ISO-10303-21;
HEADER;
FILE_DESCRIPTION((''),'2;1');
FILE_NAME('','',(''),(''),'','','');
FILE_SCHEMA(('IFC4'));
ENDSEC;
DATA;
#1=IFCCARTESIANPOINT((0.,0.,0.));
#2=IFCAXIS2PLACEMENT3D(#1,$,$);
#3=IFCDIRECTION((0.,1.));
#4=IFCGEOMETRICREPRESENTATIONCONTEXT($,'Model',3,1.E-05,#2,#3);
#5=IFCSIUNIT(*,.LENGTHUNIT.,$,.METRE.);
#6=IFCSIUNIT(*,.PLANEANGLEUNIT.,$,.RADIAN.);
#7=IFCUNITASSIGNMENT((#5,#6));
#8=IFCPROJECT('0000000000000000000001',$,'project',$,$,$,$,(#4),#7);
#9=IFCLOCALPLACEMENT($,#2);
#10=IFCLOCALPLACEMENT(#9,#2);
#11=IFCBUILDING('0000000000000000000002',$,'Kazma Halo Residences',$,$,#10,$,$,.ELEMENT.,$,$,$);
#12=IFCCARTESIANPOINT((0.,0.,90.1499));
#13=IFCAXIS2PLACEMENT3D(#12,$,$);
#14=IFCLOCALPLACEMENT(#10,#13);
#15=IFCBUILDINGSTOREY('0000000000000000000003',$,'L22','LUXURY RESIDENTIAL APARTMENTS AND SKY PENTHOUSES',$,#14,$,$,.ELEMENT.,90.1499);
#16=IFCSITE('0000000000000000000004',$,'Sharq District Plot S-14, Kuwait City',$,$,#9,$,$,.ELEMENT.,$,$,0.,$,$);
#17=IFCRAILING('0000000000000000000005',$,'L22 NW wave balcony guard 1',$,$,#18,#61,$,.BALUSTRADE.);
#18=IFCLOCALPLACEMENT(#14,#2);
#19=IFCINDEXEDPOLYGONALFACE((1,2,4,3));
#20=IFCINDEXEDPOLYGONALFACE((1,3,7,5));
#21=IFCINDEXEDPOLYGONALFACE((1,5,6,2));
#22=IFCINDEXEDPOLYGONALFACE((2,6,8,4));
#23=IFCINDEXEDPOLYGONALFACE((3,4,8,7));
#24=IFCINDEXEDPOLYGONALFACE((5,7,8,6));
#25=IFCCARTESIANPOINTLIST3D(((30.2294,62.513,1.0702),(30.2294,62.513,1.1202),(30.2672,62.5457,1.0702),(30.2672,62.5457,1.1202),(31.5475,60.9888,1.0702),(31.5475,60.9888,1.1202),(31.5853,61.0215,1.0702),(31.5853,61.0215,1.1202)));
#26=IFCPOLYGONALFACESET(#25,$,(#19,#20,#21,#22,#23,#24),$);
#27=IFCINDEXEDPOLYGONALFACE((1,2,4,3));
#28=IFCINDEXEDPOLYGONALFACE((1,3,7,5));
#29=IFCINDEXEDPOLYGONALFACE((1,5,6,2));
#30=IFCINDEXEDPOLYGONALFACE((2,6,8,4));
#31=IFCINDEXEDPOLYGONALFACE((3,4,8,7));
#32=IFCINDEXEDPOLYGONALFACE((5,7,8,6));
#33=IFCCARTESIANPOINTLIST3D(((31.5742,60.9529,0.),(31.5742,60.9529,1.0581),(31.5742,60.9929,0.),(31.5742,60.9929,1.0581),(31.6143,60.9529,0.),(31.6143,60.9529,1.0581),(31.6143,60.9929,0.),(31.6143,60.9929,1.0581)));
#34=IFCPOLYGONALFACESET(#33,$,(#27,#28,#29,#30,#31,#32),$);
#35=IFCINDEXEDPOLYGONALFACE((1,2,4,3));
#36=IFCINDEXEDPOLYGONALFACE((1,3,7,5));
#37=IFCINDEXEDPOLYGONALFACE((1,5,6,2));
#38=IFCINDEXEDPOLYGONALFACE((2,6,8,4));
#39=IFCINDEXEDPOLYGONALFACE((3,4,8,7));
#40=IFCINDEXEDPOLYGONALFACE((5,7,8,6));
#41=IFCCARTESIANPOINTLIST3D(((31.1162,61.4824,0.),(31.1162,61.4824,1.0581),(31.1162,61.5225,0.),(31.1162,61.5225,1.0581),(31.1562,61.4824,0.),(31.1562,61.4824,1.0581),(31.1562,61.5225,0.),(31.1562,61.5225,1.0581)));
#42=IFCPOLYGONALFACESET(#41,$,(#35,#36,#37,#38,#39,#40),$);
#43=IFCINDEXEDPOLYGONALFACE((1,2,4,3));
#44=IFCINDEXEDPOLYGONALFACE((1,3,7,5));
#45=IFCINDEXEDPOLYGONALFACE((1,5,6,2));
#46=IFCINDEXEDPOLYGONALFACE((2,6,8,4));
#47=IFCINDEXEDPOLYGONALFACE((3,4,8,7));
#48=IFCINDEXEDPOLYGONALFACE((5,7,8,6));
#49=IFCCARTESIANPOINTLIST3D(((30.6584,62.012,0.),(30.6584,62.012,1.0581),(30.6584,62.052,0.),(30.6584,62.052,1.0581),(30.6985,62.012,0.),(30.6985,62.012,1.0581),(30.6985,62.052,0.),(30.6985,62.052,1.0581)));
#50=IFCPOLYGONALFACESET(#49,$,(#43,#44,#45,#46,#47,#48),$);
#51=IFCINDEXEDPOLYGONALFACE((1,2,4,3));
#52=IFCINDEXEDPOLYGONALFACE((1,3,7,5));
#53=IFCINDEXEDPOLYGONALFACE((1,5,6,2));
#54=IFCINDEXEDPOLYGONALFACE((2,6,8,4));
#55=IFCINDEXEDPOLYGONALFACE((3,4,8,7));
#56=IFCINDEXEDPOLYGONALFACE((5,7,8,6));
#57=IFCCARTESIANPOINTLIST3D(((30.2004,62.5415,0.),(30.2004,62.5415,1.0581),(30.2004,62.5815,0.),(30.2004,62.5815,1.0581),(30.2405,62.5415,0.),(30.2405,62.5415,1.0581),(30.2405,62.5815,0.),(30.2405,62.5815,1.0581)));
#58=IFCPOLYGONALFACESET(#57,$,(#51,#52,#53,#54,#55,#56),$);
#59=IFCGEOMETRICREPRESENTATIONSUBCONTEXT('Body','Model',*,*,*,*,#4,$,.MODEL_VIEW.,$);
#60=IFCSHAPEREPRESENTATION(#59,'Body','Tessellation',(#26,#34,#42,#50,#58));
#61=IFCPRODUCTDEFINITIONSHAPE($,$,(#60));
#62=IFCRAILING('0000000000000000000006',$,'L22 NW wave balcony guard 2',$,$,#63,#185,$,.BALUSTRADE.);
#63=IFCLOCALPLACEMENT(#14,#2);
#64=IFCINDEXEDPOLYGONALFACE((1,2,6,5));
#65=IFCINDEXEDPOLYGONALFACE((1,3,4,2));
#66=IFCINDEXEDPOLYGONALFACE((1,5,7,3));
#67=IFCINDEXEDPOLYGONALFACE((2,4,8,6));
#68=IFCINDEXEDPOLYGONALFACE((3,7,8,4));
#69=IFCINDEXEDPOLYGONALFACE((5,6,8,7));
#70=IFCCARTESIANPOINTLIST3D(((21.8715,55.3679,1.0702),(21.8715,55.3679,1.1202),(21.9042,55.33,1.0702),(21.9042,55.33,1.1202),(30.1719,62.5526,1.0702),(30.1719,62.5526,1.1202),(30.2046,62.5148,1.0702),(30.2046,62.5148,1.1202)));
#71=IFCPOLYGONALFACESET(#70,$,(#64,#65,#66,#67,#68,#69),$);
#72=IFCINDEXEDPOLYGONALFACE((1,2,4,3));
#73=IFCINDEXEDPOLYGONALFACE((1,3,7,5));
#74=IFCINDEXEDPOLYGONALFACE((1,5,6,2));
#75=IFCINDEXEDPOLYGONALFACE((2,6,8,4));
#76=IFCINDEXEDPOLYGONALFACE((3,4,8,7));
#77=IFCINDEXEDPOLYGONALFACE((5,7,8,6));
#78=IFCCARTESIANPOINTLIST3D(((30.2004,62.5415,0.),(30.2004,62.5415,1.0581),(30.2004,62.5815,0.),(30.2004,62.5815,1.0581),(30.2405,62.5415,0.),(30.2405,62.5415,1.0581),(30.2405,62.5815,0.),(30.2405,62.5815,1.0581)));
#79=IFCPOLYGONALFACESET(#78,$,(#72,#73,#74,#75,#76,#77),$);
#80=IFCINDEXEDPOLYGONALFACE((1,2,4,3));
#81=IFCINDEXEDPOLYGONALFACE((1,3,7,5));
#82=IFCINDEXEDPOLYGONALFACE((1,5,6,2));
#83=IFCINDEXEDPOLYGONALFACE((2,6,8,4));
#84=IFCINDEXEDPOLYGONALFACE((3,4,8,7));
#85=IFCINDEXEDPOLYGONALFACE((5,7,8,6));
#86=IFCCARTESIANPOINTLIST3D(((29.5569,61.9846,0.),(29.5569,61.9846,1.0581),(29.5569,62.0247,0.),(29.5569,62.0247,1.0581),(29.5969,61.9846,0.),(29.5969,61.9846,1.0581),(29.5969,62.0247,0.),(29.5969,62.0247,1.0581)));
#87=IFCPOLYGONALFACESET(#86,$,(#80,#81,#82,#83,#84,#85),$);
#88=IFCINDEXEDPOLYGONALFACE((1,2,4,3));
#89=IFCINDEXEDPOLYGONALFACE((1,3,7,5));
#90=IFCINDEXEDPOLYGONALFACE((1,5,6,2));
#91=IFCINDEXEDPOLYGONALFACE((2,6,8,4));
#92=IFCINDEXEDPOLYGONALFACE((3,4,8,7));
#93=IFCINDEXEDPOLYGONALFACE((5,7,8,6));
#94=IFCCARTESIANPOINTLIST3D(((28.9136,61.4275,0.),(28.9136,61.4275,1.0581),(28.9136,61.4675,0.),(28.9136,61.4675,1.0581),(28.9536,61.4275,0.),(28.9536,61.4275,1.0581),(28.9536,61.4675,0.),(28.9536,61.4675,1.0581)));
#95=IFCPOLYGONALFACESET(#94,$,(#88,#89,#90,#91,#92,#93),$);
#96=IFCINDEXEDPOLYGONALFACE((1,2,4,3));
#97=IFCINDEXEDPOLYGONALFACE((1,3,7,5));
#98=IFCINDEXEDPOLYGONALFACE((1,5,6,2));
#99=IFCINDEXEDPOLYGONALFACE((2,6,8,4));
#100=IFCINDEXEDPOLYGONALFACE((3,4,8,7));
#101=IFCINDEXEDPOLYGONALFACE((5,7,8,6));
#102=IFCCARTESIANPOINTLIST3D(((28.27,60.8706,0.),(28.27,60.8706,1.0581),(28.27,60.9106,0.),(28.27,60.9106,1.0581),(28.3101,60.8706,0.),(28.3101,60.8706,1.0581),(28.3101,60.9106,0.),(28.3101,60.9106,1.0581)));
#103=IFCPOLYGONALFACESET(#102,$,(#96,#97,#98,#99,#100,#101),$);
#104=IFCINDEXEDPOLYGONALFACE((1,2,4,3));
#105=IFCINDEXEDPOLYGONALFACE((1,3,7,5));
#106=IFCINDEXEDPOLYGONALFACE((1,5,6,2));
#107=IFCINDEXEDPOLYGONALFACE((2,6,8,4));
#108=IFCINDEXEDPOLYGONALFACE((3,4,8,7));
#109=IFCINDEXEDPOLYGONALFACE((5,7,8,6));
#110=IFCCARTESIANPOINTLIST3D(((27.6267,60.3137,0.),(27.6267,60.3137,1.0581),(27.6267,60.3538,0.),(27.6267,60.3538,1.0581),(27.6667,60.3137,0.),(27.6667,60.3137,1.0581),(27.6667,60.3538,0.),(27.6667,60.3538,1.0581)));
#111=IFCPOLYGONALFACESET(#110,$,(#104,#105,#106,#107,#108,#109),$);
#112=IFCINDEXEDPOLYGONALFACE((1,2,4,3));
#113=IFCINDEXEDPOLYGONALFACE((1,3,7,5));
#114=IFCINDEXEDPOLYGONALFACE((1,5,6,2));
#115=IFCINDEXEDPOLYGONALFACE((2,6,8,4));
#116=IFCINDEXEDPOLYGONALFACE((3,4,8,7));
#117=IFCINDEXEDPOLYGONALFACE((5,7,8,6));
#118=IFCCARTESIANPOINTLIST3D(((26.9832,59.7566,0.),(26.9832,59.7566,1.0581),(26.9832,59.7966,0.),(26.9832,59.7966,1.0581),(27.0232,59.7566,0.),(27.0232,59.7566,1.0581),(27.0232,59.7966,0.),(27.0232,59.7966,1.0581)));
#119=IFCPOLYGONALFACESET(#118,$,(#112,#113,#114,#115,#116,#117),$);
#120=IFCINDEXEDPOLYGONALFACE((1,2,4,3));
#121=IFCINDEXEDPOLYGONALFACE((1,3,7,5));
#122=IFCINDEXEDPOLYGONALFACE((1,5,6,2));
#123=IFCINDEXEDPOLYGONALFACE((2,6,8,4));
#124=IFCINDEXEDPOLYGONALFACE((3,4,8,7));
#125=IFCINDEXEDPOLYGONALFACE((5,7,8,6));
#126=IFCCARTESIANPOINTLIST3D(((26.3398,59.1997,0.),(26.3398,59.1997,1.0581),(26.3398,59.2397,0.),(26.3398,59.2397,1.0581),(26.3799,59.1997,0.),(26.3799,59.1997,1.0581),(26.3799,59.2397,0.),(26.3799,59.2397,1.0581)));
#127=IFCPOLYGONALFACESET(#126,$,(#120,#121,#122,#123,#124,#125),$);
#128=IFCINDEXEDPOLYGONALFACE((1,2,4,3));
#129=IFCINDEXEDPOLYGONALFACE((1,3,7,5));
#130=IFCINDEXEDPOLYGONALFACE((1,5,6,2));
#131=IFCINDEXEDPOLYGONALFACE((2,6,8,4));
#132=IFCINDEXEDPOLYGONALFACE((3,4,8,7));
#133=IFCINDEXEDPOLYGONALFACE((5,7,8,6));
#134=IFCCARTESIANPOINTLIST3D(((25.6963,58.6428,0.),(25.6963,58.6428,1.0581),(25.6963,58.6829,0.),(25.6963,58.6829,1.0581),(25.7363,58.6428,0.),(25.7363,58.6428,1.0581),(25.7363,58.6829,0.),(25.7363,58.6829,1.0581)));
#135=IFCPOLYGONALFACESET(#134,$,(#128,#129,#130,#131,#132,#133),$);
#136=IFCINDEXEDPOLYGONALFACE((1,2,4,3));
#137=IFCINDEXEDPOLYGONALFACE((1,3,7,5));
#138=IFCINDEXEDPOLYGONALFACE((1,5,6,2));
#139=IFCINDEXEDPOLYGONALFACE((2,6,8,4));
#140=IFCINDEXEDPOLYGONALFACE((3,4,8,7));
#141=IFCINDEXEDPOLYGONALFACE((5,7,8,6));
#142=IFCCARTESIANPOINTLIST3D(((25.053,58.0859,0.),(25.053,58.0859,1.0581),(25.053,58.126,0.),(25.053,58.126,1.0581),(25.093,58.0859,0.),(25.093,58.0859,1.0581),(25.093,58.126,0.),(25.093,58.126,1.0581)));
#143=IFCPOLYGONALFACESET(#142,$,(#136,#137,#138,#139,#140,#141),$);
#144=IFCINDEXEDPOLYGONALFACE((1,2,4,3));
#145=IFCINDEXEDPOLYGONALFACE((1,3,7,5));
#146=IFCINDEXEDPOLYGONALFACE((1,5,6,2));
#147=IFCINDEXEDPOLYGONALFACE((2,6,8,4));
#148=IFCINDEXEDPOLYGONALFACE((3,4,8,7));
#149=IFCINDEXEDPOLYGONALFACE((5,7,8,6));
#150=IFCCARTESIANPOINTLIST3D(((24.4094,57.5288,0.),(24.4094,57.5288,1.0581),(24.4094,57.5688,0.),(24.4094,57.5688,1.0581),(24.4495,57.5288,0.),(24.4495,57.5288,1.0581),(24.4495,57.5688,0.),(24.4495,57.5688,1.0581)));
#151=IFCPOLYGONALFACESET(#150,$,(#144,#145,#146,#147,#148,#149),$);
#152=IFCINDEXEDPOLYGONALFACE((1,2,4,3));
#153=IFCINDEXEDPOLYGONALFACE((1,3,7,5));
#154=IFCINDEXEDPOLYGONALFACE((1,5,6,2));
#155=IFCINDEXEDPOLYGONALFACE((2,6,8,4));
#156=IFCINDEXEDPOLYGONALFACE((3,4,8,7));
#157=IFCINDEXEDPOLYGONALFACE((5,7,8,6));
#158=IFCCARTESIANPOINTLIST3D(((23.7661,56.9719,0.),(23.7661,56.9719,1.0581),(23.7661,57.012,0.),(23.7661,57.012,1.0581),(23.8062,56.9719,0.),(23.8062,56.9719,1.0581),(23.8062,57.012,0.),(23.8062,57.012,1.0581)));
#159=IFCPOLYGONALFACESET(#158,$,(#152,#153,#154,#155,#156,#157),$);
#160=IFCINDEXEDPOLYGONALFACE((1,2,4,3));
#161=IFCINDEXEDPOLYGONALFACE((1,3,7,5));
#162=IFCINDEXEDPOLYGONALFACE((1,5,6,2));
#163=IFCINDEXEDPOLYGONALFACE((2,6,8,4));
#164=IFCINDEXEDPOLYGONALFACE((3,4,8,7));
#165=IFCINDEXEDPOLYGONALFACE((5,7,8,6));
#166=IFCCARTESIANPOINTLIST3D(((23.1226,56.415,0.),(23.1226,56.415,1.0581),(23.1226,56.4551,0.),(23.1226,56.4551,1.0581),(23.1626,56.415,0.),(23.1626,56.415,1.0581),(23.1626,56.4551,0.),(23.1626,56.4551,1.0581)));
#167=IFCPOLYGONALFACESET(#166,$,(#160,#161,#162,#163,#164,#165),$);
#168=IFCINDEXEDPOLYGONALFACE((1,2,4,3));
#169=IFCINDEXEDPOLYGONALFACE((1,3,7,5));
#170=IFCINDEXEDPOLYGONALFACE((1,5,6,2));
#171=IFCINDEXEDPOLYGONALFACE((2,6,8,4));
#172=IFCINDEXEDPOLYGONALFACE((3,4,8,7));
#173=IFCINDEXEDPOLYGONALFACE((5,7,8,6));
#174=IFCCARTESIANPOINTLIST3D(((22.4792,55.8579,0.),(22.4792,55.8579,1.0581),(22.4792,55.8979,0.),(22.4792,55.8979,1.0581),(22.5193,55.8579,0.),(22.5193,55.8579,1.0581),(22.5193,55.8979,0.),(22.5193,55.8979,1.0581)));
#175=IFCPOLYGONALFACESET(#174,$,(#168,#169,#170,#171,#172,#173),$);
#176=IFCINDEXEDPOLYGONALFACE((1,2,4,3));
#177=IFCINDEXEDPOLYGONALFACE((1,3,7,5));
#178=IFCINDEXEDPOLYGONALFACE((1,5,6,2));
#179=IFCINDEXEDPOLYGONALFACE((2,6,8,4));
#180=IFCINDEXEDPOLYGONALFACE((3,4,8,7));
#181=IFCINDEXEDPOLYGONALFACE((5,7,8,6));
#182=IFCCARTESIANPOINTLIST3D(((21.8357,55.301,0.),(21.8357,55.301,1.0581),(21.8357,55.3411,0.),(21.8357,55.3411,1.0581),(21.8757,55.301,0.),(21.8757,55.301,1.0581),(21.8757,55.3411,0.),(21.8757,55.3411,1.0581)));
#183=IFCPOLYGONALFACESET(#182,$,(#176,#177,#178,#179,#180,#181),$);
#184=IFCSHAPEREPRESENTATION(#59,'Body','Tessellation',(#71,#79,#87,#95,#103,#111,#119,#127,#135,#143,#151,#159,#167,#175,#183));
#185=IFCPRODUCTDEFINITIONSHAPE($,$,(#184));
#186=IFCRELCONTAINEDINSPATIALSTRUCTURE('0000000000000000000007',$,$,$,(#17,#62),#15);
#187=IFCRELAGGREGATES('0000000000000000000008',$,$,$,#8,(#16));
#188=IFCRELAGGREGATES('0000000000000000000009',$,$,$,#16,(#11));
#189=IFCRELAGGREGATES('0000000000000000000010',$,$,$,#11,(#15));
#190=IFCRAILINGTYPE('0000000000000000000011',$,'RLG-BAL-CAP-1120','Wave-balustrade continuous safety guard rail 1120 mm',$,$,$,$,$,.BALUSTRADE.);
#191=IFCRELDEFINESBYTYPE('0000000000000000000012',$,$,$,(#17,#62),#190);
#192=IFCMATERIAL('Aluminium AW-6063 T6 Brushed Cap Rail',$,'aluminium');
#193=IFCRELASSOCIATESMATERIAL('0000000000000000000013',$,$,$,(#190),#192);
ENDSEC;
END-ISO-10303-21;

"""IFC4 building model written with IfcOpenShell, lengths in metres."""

from ifc_helpers import new_model, si_unit, direction, frame, origin, origin_2d, place, context, subcontext, project, spatial, rectangle, extrude, material, type_object, element, save


model = new_model("IFC4")

# Units and contexts
model_context = context("Model", 3, precision=1e-05, world=origin(), true_north=direction((0.0, 1.0)))
body_context = subcontext(model_context, "Body", "Model", "MODEL_VIEW")
ifc_project = project(units=[si_unit("LENGTHUNIT", "METRE"), si_unit("PLANEANGLEUNIT", "RADIAN")], contexts=[model_context])

# Site, building, storey
site_placement = place(None, origin())
site = spatial("IfcSite", under=ifc_project, at=site_placement, Name="Sharq District Plot S-14, Kuwait City", CompositionType="ELEMENT", RefElevation=0.0)
building_placement = place(site_placement, origin())
building = spatial("IfcBuilding", under=site, at=building_placement, Name="Kazma Halo Residences", CompositionType="ELEMENT")
storey_placement = place(building_placement, frame((0.0, 0.0, 90.1499)))
storey = spatial("IfcBuildingStorey", under=building, at=storey_placement, Name="L22", Description="LUXURY RESIDENTIAL APARTMENTS AND SKY PENTHOUSES", CompositionType="ELEMENT", Elevation=90.1499)

# Railings
ifc_material_1 = material(Name="Aluminium AW-6063 T6 Brushed Cap Rail", Category="aluminium")
railing_type = type_object("IfcRailingType", Name="RLG-BAL-CAP-1120", Description="Wave-balustrade continuous safety guard rail 1120 mm", PredefinedType="BALUSTRADE", material=ifc_material_1)
railing_1_placement = place(storey_placement, frame((31.5942, 60.9729, 0.0)))
element("IfcRailing", 1, at=railing_1_placement, inside=storey, type_object=railing_type, Name="L22 NW wave balcony guard 1", PredefinedType="BALUSTRADE", context=body_context, shape_type="SweptSolid", body=[
    extrude(rectangle(XDim=0.05, YDim=0.05, at=origin_2d()), frame((-0.0278, 0.0322, 1.0952), z_axis=(-0.654107, 0.756402, 0.0), x_axis=(-0.756402, -0.654107, 0.0)), (0.0, 0.0, 1.0), 2.0151),
    extrude(rectangle(XDim=0.04, YDim=0.04, at=origin_2d()), origin(), (0.0, 0.0, 1.0), 1.0581),
    extrude(rectangle(XDim=0.04, YDim=0.04, at=origin_2d()), frame((-0.458, 0.5295, 0.0)), (0.0, 0.0, 1.0), 1.0581),
    extrude(rectangle(XDim=0.04, YDim=0.04, at=origin_2d()), frame((-0.9158, 1.0591, 0.0)), (0.0, 0.0, 1.0), 1.0581),
    extrude(rectangle(XDim=0.04, YDim=0.04, at=origin_2d()), frame((-1.3738, 1.5886, 0.0)), (0.0, 0.0, 1.0), 1.0581),
])
railing_2_placement = place(storey_placement, frame((30.2205, 62.5615, 0.0)))
element("IfcRailing", 2, at=railing_2_placement, inside=storey, type_object=railing_type, Name="L22 NW wave balcony guard 2", PredefinedType="BALUSTRADE", context=body_context, shape_type="SweptSolid", body=[
    extrude(rectangle(XDim=0.05, YDim=0.05, at=origin_2d()), frame((-0.0322, -0.0278, 1.0952), z_axis=(-0.75609, -0.654467, 0.0), x_axis=(0.654467, -0.75609, 0.0)), (0.0, 0.0, 1.0), 10.978),
    extrude(rectangle(XDim=0.04, YDim=0.04, at=origin_2d()), origin(), (0.0, 0.0, 1.0), 1.0581),
    extrude(rectangle(XDim=0.04, YDim=0.04, at=origin_2d()), frame((-0.6436, -0.5569, 0.0)), (0.0, 0.0, 1.0), 1.0581),
    extrude(rectangle(XDim=0.04, YDim=0.04, at=origin_2d()), frame((-1.2869, -1.114, 0.0)), (0.0, 0.0, 1.0), 1.0581),
    extrude(rectangle(XDim=0.04, YDim=0.04, at=origin_2d()), frame((-1.9304, -1.6709, 0.0)), (0.0, 0.0, 1.0), 1.0581),
    extrude(rectangle(XDim=0.04, YDim=0.04, at=origin_2d()), frame((-2.5737, -2.2278, 0.0)), (0.0, 0.0, 1.0), 1.0581),
    extrude(rectangle(XDim=0.04, YDim=0.04, at=origin_2d()), frame((-3.2173, -2.7849, 0.0)), (0.0, 0.0, 1.0), 1.0581),
    extrude(rectangle(XDim=0.04, YDim=0.04, at=origin_2d()), frame((-3.8606, -3.3418, 0.0)), (0.0, 0.0, 1.0), 1.0581),
    extrude(rectangle(XDim=0.04, YDim=0.04, at=origin_2d()), frame((-4.5042, -3.8987, 0.0)), (0.0, 0.0, 1.0), 1.0581),
    extrude(rectangle(XDim=0.04, YDim=0.04, at=origin_2d()), frame((-5.1475, -4.4556, 0.0)), (0.0, 0.0, 1.0), 1.0581),
    extrude(rectangle(XDim=0.04, YDim=0.04, at=origin_2d()), frame((-5.791, -5.0127, 0.0)), (0.0, 0.0, 1.0), 1.0581),
    extrude(rectangle(XDim=0.04, YDim=0.04, at=origin_2d()), frame((-6.4343, -5.5696, 0.0)), (0.0, 0.0, 1.0), 1.0581),
    extrude(rectangle(XDim=0.04, YDim=0.04, at=origin_2d()), frame((-7.0779, -6.1265, 0.0)), (0.0, 0.0, 1.0), 1.0581),
    extrude(rectangle(XDim=0.04, YDim=0.04, at=origin_2d()), frame((-7.7212, -6.6836, 0.0)), (0.0, 0.0, 1.0), 1.0581),
    extrude(rectangle(XDim=0.04, YDim=0.04, at=origin_2d()), frame((-8.3647, -7.2405, 0.0)), (0.0, 0.0, 1.0), 1.0581),
])

save(model, "model.ifc")
